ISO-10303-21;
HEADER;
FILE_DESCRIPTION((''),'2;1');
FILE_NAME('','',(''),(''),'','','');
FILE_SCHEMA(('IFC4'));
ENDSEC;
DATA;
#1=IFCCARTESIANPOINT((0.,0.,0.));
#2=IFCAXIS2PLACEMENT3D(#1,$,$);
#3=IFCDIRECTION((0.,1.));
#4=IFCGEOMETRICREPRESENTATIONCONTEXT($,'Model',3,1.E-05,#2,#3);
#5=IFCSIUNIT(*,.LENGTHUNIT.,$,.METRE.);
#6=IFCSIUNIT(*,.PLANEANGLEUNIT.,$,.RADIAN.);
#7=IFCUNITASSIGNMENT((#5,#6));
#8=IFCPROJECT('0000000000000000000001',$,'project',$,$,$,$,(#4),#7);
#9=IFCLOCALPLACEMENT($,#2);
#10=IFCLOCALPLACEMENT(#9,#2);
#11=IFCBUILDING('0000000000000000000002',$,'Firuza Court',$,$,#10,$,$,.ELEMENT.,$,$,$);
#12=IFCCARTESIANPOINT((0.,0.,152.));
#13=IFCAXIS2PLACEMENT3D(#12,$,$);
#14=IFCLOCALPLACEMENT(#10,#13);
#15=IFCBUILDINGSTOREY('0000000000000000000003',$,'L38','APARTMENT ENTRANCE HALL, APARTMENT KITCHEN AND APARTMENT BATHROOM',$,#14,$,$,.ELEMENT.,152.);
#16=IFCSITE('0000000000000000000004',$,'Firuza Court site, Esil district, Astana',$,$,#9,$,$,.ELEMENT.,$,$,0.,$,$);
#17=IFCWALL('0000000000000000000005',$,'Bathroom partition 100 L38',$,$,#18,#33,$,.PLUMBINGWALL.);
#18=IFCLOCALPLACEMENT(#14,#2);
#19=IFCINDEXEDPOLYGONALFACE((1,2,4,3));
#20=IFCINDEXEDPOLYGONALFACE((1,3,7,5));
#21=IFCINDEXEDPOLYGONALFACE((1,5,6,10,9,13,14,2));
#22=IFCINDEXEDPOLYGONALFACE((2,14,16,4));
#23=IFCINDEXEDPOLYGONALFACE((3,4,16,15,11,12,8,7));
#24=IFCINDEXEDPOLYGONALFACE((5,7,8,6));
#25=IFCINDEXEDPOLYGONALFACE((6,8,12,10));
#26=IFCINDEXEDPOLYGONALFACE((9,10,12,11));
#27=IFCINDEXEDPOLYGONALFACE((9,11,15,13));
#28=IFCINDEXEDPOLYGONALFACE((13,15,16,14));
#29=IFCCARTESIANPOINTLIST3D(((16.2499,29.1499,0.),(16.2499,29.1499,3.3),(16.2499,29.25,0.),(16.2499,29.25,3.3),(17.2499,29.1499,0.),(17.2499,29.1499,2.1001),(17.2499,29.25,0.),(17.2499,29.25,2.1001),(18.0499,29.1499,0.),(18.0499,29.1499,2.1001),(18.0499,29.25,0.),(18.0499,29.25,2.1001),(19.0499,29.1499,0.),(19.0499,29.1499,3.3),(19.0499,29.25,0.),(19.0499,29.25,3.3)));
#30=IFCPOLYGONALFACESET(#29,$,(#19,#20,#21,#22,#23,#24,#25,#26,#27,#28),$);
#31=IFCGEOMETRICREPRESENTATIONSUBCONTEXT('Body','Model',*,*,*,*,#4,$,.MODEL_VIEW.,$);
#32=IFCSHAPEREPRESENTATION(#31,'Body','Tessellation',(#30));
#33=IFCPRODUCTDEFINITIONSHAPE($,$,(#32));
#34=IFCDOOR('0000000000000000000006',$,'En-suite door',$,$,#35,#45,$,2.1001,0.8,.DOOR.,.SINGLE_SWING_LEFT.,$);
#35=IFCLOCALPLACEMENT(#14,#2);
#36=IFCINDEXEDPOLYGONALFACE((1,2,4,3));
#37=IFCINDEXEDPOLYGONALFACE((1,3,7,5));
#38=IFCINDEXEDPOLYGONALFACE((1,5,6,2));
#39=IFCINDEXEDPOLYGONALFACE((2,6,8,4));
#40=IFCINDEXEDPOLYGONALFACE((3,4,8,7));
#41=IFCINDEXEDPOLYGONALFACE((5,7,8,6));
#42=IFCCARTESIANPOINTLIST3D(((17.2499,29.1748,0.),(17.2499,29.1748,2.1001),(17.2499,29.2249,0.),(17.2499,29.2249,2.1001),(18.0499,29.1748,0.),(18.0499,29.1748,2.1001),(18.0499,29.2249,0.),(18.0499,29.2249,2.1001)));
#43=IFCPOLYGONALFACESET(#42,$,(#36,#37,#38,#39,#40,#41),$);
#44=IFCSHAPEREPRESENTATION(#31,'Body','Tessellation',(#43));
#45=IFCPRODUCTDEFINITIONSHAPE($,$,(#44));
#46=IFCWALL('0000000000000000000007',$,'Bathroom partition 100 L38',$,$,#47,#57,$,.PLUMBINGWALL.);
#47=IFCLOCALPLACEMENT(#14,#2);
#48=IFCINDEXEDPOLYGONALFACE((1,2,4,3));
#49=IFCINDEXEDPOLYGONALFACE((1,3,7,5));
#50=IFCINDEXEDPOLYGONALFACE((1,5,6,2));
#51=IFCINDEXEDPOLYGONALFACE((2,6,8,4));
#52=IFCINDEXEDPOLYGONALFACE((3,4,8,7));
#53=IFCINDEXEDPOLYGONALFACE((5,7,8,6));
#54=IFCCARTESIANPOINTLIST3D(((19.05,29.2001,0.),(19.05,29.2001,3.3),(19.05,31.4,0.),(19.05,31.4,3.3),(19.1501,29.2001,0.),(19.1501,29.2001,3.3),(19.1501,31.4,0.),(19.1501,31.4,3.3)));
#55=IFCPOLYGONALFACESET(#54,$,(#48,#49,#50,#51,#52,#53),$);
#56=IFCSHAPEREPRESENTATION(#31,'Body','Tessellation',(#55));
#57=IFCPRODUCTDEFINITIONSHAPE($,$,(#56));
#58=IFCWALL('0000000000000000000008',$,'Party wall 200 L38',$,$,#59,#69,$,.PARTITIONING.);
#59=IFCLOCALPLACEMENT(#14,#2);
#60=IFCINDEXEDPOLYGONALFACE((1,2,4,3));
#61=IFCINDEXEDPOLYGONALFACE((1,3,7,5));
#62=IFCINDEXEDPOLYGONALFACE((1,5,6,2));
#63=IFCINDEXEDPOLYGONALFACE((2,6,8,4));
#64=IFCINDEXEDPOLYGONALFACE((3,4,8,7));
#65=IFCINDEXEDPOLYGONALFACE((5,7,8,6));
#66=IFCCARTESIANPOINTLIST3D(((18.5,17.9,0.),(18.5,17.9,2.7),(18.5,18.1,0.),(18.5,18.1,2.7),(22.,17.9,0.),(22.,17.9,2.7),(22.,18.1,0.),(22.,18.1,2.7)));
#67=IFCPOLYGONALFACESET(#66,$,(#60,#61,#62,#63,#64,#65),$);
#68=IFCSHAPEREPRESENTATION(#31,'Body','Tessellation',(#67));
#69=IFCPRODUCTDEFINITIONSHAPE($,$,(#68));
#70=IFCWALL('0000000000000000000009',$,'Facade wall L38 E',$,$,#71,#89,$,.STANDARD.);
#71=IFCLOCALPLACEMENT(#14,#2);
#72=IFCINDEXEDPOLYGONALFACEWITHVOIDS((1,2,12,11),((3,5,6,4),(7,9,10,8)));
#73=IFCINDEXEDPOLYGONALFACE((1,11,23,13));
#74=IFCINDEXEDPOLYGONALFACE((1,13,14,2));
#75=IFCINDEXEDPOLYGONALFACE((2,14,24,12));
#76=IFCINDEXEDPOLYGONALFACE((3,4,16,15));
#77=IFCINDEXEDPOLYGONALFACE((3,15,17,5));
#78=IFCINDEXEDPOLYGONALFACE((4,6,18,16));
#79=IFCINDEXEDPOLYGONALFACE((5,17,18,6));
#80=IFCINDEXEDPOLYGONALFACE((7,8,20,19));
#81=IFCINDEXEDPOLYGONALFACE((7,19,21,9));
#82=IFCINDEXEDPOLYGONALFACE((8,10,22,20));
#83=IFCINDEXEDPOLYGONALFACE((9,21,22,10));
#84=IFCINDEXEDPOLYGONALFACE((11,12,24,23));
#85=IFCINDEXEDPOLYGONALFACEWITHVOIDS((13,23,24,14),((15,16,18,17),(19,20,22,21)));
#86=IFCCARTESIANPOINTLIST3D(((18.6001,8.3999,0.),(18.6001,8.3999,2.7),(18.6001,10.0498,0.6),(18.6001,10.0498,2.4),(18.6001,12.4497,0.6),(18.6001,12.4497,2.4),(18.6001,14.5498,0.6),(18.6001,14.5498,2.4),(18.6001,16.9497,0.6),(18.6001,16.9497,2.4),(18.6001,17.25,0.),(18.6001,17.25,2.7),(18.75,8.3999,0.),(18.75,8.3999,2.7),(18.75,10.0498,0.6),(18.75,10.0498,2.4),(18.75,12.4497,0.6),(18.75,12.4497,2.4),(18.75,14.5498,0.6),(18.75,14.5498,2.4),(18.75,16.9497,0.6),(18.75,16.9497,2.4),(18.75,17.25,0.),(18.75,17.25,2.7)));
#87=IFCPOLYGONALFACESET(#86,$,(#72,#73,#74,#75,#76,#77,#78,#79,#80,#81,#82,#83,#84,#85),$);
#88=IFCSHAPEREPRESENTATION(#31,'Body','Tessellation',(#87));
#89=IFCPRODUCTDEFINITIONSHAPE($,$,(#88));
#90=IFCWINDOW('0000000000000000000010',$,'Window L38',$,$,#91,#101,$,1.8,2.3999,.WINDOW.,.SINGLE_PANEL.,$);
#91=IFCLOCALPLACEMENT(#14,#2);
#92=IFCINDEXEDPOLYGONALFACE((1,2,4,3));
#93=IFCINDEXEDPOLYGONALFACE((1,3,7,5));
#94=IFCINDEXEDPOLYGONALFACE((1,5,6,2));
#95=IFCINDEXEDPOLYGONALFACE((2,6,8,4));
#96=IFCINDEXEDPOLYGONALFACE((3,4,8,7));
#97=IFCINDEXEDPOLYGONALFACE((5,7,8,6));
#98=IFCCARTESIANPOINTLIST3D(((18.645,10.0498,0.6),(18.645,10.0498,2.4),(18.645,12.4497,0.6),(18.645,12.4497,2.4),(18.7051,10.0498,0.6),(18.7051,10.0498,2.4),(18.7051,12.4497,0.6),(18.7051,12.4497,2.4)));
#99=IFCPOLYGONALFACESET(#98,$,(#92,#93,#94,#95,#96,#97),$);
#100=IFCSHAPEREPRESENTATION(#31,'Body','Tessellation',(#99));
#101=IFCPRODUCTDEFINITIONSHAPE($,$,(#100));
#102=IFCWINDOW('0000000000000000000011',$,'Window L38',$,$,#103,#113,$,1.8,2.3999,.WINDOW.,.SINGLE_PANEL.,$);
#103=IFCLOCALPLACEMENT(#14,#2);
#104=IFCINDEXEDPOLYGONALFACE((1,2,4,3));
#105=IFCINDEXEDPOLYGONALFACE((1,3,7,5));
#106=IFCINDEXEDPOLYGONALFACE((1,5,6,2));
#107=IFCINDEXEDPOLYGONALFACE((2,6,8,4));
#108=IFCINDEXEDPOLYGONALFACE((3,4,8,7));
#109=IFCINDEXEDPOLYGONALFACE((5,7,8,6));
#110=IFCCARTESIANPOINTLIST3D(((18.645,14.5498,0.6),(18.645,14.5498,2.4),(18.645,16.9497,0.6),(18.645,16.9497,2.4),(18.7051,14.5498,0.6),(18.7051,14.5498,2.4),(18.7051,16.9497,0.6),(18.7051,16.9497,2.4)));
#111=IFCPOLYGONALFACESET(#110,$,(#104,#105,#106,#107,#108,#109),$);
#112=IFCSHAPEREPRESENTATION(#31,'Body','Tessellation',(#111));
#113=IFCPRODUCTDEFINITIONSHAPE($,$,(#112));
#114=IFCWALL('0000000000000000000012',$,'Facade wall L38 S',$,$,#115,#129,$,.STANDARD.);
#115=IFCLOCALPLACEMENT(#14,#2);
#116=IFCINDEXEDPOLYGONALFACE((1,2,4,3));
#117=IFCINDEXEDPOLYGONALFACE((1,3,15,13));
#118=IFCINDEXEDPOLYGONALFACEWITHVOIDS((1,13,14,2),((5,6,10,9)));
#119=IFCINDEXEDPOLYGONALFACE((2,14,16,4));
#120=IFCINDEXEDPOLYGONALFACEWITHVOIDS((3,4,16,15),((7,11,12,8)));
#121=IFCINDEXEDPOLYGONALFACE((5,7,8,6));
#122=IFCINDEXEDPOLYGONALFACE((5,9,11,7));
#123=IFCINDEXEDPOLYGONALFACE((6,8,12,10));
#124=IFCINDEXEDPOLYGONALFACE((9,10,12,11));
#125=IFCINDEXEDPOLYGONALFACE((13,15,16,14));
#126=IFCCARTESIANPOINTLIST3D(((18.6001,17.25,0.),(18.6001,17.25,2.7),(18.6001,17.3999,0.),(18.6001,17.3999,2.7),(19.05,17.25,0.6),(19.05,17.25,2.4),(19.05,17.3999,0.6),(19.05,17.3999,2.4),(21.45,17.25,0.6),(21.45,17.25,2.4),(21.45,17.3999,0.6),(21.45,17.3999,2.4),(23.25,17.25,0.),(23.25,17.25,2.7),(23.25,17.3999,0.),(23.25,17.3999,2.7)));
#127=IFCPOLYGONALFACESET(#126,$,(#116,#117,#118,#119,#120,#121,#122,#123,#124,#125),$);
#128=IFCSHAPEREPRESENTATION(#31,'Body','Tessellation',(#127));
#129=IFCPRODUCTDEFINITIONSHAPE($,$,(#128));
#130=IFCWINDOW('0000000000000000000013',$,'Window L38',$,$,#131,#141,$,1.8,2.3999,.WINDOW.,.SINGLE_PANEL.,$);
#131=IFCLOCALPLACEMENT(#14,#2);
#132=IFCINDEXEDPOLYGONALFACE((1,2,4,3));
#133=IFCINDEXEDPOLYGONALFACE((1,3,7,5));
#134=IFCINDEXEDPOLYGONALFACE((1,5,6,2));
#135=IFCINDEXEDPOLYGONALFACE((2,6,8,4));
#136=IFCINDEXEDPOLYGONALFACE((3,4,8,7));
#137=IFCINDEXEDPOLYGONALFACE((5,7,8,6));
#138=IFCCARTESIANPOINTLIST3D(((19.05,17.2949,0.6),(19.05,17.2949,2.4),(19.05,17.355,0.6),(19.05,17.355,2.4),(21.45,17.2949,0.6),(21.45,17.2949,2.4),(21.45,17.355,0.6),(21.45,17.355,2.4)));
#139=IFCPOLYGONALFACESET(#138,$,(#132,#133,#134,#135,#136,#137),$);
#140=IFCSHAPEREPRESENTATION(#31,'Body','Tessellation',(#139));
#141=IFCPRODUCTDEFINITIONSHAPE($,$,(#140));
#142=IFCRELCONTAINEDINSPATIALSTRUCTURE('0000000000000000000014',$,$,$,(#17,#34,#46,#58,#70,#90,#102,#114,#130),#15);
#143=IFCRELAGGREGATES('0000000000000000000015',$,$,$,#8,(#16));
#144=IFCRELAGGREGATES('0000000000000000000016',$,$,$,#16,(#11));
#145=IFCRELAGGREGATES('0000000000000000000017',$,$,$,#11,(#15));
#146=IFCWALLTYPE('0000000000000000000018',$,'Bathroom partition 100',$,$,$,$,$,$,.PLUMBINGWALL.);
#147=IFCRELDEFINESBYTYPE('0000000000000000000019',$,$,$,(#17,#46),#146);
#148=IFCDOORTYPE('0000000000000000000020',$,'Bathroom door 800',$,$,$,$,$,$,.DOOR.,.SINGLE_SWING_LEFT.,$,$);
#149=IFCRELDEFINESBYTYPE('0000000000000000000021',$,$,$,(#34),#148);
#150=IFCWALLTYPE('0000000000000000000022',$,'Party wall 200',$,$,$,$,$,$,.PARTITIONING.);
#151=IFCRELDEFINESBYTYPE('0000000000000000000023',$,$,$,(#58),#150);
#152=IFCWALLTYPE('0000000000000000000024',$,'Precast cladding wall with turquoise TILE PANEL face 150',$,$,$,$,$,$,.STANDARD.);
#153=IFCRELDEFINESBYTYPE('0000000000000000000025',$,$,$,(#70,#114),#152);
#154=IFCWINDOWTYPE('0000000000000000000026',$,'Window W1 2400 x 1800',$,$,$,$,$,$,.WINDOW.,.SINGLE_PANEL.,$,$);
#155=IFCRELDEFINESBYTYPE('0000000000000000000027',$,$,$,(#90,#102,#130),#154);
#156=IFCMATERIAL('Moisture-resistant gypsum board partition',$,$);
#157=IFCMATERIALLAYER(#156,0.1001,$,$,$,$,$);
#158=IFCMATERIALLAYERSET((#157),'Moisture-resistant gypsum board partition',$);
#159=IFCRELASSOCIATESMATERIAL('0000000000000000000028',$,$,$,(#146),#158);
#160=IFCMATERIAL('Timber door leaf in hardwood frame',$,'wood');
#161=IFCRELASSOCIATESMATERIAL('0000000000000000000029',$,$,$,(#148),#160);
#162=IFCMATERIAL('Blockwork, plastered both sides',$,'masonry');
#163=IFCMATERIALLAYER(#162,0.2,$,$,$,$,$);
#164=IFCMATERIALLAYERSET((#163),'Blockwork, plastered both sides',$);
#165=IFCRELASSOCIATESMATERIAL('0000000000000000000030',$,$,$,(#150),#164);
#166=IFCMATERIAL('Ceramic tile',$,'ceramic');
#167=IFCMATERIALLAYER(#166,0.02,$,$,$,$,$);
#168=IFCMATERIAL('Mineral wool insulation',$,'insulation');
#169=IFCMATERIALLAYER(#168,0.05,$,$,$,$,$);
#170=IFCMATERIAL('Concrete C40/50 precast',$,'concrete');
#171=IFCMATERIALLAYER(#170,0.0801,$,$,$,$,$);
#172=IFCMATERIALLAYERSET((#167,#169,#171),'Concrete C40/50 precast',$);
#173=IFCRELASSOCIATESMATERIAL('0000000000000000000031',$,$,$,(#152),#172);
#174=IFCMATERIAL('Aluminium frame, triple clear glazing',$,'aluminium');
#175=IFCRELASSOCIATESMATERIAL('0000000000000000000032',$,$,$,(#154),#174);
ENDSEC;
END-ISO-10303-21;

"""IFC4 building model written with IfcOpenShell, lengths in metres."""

from ifc_helpers import new_model, si_unit, direction, frame, frame_2d, origin, place, context, subcontext, project, spatial, rectangle, extrude, material, layer, layer_set, type_object, element, fill, save


model = new_model("IFC4")

# Units and contexts
model_context = context("Model", 3, precision=1e-05, world=origin(), true_north=direction((0.0, 1.0)))
body_context = subcontext(model_context, "Body", "Model", "MODEL_VIEW")
ifc_project = project(units=[si_unit("LENGTHUNIT", "METRE"), si_unit("PLANEANGLEUNIT", "RADIAN")], contexts=[model_context])

# Site, building, storey
site_placement = place(None, origin())
site = spatial("IfcSite", under=ifc_project, at=site_placement, Name="Firuza Court site, Esil district, Astana", CompositionType="ELEMENT", RefElevation=0.0)
building_placement = place(site_placement, origin())
building = spatial("IfcBuilding", under=site, at=building_placement, Name="Firuza Court", CompositionType="ELEMENT")
storey_placement = place(building_placement, frame((0.0, 0.0, 152.0)))
storey = spatial("IfcBuildingStorey", under=building, at=storey_placement, Name="L38", Description="APARTMENT ENTRANCE HALL, APARTMENT KITCHEN AND APARTMENT BATHROOM", CompositionType="ELEMENT", Elevation=152.0)

# Wall, opening, door
ifc_material_1 = material(Name="Moisture-resistant gypsum board partition")
ifc_layer_1 = layer(ifc_material_1, 0.1001)
ifc_layer_set_1 = layer_set([ifc_layer_1], Name="Moisture-resistant gypsum board partition")
wall_type_1 = type_object("IfcWallType", Name="Bathroom partition 100", PredefinedType="PLUMBINGWALL", material=ifc_layer_set_1)
wall_1_placement = place(storey_placement, frame((16.25, 29.2, 0.0), z_axis=(0.0, 0.0, 1.0), x_axis=(1.0, 0.0, 0.0)))
wall_1 = element("IfcWall", 1, at=wall_1_placement, inside=storey, type_object=wall_type_1, Name="Bathroom partition 100 L38", PredefinedType="PLUMBINGWALL", context=body_context, shape_type="SweptSolid", body=[
    extrude(rectangle(XDim=2.8, YDim=0.1001, at=frame_2d((1.3999, 0.0))), origin(), (0.0, 0.0, 1.0), 3.3),
])
opening_1_placement = place(wall_1_placement, frame((1.0, 0.0, 0.0)))
opening_1 = element("IfcOpeningElement", 2, at=opening_1_placement, cuts=wall_1, PredefinedType="OPENING", context=body_context, shape_type="SweptSolid", body=[
    extrude(rectangle(XDim=0.8, YDim=2.1001, at=frame_2d((0.3999, 1.05))), frame((0.0, 0.062, 0.0), z_axis=(0.0, -1.0, 0.0), x_axis=(1.0, 0.0, 0.0)), (0.0, 0.0, 1.0), 0.124),
])
ifc_material_2 = material(Name="Timber door leaf in hardwood frame", Category="wood")
door_type = type_object("IfcDoorType", Name="Bathroom door 800", OperationType="SINGLE_SWING_LEFT", PredefinedType="DOOR", material=ifc_material_2)
door_placement = place(opening_1_placement, origin())
door = element("IfcDoor", 3, at=door_placement, inside=storey, type_object=door_type, Name="En-suite door", OperationType="SINGLE_SWING_LEFT", OverallHeight=2.1001, OverallWidth=0.8, PredefinedType="DOOR", context=body_context, shape_type="SweptSolid", body=[
    extrude(rectangle(XDim=0.8, YDim=2.1001, at=frame_2d((0.3999, 1.05))), frame((0.0, 0.0249, 0.0), z_axis=(0.0, -1.0, 0.0), x_axis=(1.0, 0.0, 0.0)), (0.0, 0.0, 1.0), 0.05),
])
fill(opening_1, door)

# Walls
wall_2_placement = place(storey_placement, frame((19.1001, 29.2, 0.0), z_axis=(0.0, 0.0, 1.0), x_axis=(0.0, 1.0, 0.0)))
element("IfcWall", 4, at=wall_2_placement, inside=storey, type_object=wall_type_1, Name="Bathroom partition 100 L38", PredefinedType="PLUMBINGWALL", context=body_context, shape_type="SweptSolid", body=[
    extrude(rectangle(XDim=2.2, YDim=0.1001, at=frame_2d((1.1001, 0.0))), origin(), (0.0, 0.0, 1.0), 3.3),
])
ifc_material_3 = material(Name="Blockwork, plastered both sides", Category="masonry")
ifc_layer_2 = layer(ifc_material_3, 0.2)
ifc_layer_set_2 = layer_set([ifc_layer_2], Name="Blockwork, plastered both sides")
wall_type_2 = type_object("IfcWallType", Name="Party wall 200", PredefinedType="PARTITIONING", material=ifc_layer_set_2)
wall_3_placement = place(storey_placement, frame((18.5, 18.0, 0.0), z_axis=(0.0, 0.0, 1.0), x_axis=(1.0, 0.0, 0.0)))
element("IfcWall", 5, at=wall_3_placement, inside=storey, type_object=wall_type_2, Name="Party wall 200 L38", PredefinedType="PARTITIONING", context=body_context, shape_type="SweptSolid", body=[
    extrude(rectangle(XDim=3.5, YDim=0.2, at=frame_2d((1.75, 0.0))), origin(), (0.0, 0.0, 1.0), 2.7),
])

# Wall, openings, windows
ifc_material_4 = material(Name="Ceramic tile", Category="ceramic")
ifc_layer_3 = layer(ifc_material_4, 0.02)
ifc_material_5 = material(Name="Mineral wool insulation", Category="insulation")
ifc_layer_4 = layer(ifc_material_5, 0.05)
ifc_material_6 = material(Name="Concrete C40/50 precast", Category="concrete")
ifc_layer_5 = layer(ifc_material_6, 0.0801)
ifc_layer_set_3 = layer_set([ifc_layer_3, ifc_layer_4, ifc_layer_5], Name="Concrete C40/50 precast")
wall_type_3 = type_object("IfcWallType", Name="Precast cladding wall with turquoise TILE PANEL face 150", PredefinedType="STANDARD", material=ifc_layer_set_3)
wall_4_placement = place(storey_placement, frame((18.675, 8.3999, 0.0), z_axis=(0.0, 0.0, 1.0), x_axis=(0.0, 1.0, 0.0)))
wall_4 = element("IfcWall", 6, at=wall_4_placement, inside=storey, type_object=wall_type_3, Name="Facade wall L38 E", PredefinedType="STANDARD", context=body_context, shape_type="SweptSolid", body=[
    extrude(rectangle(XDim=8.8501, YDim=0.1499, at=frame_2d((4.425, 0.0))), origin(), (0.0, 0.0, 1.0), 2.7),
])
opening_2_placement = place(wall_4_placement, frame((1.6499, 0.0, 0.6001)))
opening_2 = element("IfcOpeningElement", 7, at=opening_2_placement, cuts=wall_4, PredefinedType="OPENING", context=body_context, shape_type="SweptSolid", body=[
    extrude(rectangle(XDim=2.3999, YDim=1.8, at=frame_2d((1.2, 0.8999))), frame((0.0, 0.0869, 0.0), z_axis=(0.0, -1.0, 0.0), x_axis=(1.0, 0.0, 0.0)), (0.0, 0.0, 1.0), 0.1738),
])
opening_3_placement = place(wall_4_placement, frame((6.1499, 0.0, 0.6001)))
opening_3 = element("IfcOpeningElement", 8, at=opening_3_placement, cuts=wall_4, PredefinedType="OPENING", context=body_context, shape_type="SweptSolid", body=[
    extrude(rectangle(XDim=2.3999, YDim=1.8, at=frame_2d((1.2, 0.8999))), frame((0.0, 0.0869, 0.0), z_axis=(0.0, -1.0, 0.0), x_axis=(1.0, 0.0, 0.0)), (0.0, 0.0, 1.0), 0.1738),
])
ifc_material_7 = material(Name="Aluminium frame, triple clear glazing", Category="aluminium")
window_type_1 = type_object("IfcWindowType", Name="Window W1 2400 x 1800", PartitioningType="SINGLE_PANEL", PredefinedType="WINDOW", material=ifc_material_7)
window_1_placement = place(opening_2_placement, origin())
window_1 = element("IfcWindow", 9, at=window_1_placement, inside=storey, type_object=window_type_1, Name="Window L38", OverallHeight=1.8, OverallWidth=2.3999, PartitioningType="SINGLE_PANEL", PredefinedType="WINDOW", context=body_context, shape_type="SweptSolid", body=[
    extrude(rectangle(XDim=2.3999, YDim=1.8, at=frame_2d((1.2, 0.8999))), frame((0.0, 0.03, 0.0), z_axis=(0.0, -1.0, 0.0), x_axis=(1.0, 0.0, 0.0)), (0.0, 0.0, 1.0), 0.0601),
])
fill(opening_2, window_1)
window_2_placement = place(opening_3_placement, origin())
window_2 = element("IfcWindow", 10, at=window_2_placement, inside=storey, type_object=window_type_1, Name="Window L38", OverallHeight=1.8, OverallWidth=2.3999, PartitioningType="SINGLE_PANEL", PredefinedType="WINDOW", context=body_context, shape_type="SweptSolid", body=[
    extrude(rectangle(XDim=2.3999, YDim=1.8, at=frame_2d((1.2, 0.8999))), frame((0.0, 0.03, 0.0), z_axis=(0.0, -1.0, 0.0), x_axis=(1.0, 0.0, 0.0)), (0.0, 0.0, 1.0), 0.0601),
])
fill(opening_3, window_2)

# Wall, opening, window
wall_5_placement = place(storey_placement, frame((18.6001, 17.325, 0.0), z_axis=(0.0, 0.0, 1.0), x_axis=(1.0, 0.0, 0.0)))
wall_5 = element("IfcWall", 11, at=wall_5_placement, inside=storey, type_object=wall_type_3, Name="Facade wall L38 S", PredefinedType="STANDARD", context=body_context, shape_type="SweptSolid", body=[
    extrude(rectangle(XDim=4.6499, YDim=0.1499, at=frame_2d((2.325, 0.0))), origin(), (0.0, 0.0, 1.0), 2.7),
])
opening_4_placement = place(wall_5_placement, frame((0.45, 0.0, 0.6001)))
opening_4 = element("IfcOpeningElement", 12, at=opening_4_placement, cuts=wall_5, PredefinedType="OPENING", context=body_context, shape_type="SweptSolid", body=[
    extrude(rectangle(XDim=2.3999, YDim=1.8, at=frame_2d((1.2, 0.8999))), frame((0.0, 0.0869, 0.0), z_axis=(0.0, -1.0, 0.0), x_axis=(1.0, 0.0, 0.0)), (0.0, 0.0, 1.0), 0.1738),
])
window_3_placement = place(opening_4_placement, origin())
window_3 = element("IfcWindow", 13, at=window_3_placement, inside=storey, type_object=window_type_1, Name="Window L38", OverallHeight=1.8, OverallWidth=2.3999, PartitioningType="SINGLE_PANEL", PredefinedType="WINDOW", context=body_context, shape_type="SweptSolid", body=[
    extrude(rectangle(XDim=2.3999, YDim=1.8, at=frame_2d((1.2, 0.8999))), frame((0.0, 0.03, 0.0), z_axis=(0.0, -1.0, 0.0), x_axis=(1.0, 0.0, 0.0)), (0.0, 0.0, 1.0), 0.0601),
])
fill(opening_4, window_3)

save(model, "model.ifc")
